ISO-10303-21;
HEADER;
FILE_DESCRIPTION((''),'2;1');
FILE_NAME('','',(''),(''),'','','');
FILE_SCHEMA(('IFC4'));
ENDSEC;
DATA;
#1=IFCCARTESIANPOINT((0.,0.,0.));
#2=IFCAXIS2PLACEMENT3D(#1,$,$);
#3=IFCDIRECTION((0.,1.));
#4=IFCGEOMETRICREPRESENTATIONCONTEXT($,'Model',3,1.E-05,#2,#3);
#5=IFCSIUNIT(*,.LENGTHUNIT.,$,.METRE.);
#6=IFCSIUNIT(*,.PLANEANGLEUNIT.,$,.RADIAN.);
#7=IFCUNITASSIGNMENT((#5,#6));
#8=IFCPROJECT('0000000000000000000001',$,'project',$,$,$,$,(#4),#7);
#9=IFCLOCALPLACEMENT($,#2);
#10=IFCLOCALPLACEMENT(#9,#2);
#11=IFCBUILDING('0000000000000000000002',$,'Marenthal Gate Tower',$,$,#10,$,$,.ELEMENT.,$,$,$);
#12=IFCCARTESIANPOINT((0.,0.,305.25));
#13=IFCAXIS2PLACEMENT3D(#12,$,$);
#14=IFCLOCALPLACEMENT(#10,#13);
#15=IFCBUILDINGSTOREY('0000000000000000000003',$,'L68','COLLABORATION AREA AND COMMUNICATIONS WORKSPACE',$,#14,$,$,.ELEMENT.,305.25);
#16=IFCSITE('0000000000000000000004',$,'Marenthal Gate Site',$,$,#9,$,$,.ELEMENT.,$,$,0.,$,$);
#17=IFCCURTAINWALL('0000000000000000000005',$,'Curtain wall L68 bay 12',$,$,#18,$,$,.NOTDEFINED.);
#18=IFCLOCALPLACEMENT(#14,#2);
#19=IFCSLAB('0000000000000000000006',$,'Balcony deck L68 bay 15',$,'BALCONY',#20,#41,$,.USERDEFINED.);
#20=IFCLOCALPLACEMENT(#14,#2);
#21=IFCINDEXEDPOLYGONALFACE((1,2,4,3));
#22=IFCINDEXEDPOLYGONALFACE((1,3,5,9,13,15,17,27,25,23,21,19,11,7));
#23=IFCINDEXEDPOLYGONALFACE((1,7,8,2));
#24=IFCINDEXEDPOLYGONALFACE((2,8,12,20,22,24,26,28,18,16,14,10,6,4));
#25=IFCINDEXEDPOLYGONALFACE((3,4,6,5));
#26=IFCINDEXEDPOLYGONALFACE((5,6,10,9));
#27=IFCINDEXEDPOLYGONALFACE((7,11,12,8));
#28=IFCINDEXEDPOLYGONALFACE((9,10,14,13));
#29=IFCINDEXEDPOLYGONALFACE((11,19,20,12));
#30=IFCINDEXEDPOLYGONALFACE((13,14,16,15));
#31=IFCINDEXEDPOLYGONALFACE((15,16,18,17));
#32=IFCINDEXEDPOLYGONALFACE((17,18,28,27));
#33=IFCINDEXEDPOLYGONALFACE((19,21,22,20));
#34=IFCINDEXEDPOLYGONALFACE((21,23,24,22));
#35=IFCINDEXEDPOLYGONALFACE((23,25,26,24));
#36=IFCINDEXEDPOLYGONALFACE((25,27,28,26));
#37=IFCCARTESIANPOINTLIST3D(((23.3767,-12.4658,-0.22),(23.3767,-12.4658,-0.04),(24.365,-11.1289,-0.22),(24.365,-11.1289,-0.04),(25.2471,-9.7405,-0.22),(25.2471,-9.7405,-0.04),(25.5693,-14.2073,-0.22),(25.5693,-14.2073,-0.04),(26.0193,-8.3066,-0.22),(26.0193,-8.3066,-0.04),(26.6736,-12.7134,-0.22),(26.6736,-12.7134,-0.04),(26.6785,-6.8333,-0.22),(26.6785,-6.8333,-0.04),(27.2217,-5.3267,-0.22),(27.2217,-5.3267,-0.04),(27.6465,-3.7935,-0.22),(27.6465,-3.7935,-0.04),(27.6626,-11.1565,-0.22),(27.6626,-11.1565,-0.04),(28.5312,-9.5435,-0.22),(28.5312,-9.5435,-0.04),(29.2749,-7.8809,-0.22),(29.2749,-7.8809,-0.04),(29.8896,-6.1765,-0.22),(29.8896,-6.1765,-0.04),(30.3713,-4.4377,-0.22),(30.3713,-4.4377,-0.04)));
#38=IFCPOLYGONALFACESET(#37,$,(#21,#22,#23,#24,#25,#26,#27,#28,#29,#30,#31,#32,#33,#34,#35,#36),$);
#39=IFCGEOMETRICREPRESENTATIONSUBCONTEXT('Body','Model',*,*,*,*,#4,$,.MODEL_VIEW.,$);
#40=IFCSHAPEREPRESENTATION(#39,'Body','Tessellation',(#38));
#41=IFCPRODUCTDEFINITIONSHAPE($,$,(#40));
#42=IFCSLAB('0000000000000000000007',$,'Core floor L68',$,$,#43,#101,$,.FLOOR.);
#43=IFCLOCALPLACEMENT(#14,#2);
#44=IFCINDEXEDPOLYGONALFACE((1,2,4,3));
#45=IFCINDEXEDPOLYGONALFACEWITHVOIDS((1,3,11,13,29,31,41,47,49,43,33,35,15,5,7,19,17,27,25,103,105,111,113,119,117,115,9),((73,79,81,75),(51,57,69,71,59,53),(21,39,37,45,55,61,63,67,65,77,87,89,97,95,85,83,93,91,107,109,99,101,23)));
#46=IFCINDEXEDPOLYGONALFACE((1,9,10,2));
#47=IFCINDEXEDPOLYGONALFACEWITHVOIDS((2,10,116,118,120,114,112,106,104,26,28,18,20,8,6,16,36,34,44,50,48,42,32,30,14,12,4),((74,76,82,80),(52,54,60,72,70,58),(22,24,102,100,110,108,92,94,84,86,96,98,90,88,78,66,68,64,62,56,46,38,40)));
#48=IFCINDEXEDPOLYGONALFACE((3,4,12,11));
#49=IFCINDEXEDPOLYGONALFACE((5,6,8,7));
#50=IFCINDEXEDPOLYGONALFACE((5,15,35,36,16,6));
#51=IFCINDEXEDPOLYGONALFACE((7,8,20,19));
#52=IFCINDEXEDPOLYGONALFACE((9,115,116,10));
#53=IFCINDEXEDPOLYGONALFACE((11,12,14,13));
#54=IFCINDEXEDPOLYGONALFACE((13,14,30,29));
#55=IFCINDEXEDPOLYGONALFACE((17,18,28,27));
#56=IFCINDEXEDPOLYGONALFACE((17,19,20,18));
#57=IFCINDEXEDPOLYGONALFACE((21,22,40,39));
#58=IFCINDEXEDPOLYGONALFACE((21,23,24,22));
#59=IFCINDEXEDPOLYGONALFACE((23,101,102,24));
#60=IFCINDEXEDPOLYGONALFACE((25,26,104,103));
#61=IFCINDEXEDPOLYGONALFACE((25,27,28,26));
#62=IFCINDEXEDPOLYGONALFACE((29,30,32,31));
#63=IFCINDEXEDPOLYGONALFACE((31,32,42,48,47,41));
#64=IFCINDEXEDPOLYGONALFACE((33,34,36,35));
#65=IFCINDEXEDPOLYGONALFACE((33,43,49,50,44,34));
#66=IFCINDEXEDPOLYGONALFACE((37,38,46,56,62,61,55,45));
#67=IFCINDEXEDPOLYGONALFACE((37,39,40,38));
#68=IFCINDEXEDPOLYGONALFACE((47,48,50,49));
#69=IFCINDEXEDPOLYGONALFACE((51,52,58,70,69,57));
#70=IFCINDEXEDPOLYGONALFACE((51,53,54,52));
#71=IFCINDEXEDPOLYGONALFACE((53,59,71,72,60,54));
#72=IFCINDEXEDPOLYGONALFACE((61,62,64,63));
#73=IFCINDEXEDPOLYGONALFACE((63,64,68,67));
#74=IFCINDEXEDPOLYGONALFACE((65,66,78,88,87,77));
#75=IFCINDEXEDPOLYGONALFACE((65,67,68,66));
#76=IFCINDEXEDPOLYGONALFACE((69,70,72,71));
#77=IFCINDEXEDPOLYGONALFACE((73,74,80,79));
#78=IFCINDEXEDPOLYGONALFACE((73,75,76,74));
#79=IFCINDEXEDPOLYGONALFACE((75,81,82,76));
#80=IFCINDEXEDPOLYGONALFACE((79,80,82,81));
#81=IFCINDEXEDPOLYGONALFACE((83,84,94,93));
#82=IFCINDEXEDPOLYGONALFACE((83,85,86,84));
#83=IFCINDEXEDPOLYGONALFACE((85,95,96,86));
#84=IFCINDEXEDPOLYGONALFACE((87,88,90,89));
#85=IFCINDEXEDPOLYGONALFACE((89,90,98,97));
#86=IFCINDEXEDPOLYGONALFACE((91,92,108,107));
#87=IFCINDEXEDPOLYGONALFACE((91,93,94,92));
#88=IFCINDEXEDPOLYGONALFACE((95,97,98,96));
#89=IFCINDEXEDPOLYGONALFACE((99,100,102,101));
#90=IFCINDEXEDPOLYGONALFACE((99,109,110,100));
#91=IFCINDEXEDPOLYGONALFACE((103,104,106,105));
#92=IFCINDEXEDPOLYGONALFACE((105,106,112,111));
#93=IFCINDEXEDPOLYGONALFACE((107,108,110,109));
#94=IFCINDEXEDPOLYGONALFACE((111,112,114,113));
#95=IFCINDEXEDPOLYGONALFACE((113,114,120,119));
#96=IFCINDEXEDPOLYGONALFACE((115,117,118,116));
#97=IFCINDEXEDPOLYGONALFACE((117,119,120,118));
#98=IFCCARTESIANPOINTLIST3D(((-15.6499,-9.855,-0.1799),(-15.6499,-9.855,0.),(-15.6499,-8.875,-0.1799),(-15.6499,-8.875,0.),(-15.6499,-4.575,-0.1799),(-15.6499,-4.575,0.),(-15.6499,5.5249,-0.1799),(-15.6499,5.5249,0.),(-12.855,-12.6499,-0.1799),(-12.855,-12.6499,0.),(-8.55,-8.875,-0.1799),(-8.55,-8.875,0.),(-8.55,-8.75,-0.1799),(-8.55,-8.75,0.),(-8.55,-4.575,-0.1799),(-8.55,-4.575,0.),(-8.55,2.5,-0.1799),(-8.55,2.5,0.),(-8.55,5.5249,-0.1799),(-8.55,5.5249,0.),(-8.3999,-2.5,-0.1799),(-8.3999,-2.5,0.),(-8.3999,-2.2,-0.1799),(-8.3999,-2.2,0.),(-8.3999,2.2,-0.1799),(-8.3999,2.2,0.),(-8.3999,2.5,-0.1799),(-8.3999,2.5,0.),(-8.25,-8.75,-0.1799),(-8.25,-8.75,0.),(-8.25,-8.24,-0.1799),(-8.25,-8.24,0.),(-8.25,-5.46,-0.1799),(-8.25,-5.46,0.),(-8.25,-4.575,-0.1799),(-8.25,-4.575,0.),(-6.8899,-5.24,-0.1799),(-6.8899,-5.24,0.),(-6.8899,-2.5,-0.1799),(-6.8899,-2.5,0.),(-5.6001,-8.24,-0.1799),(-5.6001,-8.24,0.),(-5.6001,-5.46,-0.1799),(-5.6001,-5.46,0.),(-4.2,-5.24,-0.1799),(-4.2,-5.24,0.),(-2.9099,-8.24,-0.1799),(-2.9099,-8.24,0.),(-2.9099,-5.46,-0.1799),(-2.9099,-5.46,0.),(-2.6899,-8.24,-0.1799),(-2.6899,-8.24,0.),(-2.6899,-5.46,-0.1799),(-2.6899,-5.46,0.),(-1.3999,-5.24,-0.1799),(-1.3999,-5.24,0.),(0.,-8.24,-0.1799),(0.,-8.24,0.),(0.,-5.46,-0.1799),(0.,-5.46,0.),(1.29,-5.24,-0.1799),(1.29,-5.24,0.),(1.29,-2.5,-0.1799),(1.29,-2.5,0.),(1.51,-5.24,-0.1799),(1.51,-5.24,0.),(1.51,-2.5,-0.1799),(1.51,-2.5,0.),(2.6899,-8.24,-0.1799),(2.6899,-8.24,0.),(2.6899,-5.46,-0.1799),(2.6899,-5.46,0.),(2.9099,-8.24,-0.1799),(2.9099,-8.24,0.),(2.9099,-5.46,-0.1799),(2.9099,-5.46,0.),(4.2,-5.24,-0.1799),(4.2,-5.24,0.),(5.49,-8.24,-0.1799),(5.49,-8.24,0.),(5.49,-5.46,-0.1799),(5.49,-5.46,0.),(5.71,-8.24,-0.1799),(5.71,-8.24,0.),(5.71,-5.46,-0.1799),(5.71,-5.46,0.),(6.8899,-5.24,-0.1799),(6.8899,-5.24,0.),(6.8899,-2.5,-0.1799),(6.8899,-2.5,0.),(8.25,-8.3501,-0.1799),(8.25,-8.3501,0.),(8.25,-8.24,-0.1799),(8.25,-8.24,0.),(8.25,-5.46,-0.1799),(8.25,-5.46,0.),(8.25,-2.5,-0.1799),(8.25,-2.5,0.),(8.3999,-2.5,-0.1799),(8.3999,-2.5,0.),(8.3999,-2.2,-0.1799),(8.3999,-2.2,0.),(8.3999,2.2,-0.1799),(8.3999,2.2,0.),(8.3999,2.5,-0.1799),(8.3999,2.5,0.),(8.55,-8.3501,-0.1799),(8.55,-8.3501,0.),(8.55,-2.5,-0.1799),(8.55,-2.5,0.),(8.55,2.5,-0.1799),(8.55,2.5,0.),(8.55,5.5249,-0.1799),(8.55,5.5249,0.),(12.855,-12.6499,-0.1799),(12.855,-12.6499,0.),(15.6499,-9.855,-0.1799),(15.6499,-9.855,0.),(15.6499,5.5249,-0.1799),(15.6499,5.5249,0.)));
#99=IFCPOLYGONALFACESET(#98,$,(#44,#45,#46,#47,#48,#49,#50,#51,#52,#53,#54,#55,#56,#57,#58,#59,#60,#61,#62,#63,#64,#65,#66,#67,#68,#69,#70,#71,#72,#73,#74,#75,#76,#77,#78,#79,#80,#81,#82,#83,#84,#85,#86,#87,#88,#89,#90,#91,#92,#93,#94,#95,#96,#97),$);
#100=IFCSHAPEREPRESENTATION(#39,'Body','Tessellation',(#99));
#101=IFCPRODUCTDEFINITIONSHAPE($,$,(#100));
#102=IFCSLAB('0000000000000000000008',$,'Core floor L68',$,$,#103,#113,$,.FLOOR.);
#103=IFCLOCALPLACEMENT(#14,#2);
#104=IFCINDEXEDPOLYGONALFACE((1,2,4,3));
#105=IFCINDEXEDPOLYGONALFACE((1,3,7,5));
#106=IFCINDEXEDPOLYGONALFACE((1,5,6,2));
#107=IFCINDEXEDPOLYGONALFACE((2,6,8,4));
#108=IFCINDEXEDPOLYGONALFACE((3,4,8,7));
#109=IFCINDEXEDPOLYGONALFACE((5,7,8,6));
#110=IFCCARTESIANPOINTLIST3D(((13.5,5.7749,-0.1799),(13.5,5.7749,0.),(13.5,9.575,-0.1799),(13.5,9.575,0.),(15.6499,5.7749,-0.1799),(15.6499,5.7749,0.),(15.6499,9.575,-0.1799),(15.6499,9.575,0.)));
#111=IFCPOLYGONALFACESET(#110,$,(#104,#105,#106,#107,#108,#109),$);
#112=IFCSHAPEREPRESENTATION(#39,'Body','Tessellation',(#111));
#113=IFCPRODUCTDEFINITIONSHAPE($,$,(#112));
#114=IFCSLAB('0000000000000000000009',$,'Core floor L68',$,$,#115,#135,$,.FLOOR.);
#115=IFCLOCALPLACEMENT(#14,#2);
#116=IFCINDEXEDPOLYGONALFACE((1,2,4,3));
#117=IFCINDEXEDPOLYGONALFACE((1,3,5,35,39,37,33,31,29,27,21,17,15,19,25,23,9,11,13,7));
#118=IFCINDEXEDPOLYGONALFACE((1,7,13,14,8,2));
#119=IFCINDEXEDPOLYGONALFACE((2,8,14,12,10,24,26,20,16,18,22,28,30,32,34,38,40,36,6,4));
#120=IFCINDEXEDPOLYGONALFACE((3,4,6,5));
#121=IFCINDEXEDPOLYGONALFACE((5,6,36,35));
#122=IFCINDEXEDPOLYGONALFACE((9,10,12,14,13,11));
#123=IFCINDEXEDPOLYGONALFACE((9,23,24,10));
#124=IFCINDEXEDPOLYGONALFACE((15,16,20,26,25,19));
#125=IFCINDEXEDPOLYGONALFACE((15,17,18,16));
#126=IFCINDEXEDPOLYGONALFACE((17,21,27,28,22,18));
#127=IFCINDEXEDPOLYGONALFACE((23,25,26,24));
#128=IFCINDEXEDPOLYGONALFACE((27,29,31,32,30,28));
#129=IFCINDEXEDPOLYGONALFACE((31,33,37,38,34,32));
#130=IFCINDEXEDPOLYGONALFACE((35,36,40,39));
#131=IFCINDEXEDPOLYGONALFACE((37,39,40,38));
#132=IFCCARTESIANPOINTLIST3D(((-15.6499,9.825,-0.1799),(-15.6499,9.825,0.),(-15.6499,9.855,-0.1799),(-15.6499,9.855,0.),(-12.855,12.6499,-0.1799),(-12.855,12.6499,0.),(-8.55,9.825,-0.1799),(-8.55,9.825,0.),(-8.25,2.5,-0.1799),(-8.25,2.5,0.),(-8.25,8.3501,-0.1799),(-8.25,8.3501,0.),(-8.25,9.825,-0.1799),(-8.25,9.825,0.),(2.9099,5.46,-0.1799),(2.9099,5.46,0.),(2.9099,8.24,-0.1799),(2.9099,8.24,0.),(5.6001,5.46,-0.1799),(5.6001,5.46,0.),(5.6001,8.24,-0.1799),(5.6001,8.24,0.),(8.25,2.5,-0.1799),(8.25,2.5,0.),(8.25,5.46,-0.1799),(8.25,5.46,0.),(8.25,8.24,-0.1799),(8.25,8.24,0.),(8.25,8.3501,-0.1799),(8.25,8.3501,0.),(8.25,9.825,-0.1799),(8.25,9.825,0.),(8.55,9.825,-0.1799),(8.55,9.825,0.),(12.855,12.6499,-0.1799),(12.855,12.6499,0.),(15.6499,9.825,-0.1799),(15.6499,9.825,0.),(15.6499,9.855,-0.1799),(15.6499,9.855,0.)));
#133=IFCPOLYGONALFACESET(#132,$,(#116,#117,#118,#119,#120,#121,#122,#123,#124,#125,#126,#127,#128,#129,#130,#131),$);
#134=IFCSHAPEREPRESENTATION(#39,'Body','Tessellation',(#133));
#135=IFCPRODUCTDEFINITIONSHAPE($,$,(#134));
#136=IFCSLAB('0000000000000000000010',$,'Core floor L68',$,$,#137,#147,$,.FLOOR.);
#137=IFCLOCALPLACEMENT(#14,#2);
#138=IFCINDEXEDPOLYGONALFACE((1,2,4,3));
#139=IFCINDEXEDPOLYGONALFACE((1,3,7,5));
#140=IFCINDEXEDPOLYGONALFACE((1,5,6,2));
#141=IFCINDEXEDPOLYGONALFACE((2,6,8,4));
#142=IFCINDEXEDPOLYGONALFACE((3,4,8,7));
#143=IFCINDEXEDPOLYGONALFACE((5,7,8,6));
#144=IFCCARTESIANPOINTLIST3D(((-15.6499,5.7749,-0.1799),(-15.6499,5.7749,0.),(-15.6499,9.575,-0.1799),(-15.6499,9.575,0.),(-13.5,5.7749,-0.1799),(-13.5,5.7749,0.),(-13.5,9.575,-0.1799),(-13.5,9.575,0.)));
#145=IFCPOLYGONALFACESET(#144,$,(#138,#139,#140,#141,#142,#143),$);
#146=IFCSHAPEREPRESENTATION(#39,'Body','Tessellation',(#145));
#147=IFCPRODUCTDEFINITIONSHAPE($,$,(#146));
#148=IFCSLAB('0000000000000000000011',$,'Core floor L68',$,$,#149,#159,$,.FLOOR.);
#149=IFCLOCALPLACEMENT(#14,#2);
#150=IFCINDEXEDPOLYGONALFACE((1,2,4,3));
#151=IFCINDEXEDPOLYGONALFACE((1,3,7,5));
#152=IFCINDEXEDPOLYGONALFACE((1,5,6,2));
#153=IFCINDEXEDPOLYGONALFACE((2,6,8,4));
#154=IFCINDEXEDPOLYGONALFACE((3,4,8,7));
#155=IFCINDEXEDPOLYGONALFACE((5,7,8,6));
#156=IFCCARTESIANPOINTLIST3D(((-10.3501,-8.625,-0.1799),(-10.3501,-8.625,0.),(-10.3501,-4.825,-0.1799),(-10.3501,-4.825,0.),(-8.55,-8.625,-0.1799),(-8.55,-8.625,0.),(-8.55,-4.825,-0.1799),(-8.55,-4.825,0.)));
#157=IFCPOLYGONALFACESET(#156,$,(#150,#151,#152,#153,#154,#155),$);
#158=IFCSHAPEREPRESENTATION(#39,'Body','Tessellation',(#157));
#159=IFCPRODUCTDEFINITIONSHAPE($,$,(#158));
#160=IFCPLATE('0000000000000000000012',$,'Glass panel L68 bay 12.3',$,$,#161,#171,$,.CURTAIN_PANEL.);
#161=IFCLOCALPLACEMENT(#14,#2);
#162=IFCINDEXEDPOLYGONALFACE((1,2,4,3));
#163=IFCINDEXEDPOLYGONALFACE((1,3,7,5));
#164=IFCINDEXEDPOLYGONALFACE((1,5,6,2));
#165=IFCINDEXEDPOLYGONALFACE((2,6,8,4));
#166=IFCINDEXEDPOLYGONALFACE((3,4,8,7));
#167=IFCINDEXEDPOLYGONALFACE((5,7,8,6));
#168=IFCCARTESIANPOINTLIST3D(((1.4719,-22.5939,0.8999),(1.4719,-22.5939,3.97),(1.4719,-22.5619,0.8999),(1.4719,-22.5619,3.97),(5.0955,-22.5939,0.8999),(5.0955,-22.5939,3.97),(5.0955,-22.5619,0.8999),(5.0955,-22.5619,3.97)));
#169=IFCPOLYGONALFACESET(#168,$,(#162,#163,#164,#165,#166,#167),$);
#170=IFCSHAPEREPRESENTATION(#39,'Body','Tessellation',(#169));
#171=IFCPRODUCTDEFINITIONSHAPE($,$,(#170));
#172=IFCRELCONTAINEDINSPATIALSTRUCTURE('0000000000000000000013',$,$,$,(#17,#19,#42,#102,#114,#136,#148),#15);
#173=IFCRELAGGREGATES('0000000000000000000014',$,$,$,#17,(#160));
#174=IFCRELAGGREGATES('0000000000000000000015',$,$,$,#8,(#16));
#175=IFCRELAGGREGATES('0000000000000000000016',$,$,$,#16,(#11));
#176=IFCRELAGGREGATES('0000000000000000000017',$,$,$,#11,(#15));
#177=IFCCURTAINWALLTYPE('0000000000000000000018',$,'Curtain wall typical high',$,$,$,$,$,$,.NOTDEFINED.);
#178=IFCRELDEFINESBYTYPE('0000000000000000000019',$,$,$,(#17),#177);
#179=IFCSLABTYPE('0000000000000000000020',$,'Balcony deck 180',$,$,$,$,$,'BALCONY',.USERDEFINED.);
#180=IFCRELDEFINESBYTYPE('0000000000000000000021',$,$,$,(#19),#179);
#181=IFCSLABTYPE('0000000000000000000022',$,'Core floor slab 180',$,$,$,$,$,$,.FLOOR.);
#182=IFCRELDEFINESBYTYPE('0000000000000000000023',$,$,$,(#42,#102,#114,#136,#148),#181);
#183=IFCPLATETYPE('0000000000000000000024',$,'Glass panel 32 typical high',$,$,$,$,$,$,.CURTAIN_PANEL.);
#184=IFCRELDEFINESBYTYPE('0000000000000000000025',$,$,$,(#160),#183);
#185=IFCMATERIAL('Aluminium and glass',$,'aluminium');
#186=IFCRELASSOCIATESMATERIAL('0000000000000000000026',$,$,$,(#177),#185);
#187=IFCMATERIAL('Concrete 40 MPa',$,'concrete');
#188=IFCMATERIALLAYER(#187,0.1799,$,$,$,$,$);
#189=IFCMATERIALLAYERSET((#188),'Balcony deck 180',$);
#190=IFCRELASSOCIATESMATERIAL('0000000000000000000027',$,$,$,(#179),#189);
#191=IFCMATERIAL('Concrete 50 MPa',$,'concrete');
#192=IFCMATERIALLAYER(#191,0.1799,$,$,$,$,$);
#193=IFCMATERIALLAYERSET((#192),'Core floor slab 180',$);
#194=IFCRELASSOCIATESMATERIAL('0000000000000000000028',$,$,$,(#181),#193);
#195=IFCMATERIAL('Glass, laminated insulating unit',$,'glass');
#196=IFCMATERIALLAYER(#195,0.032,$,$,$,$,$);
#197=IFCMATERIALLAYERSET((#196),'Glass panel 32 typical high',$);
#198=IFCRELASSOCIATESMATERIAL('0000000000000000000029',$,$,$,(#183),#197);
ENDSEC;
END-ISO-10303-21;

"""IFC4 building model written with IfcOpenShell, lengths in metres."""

from ifc_helpers import new_model, si_unit, direction, frame, origin, origin_2d, place, context, subcontext, project, spatial, polyline, rectangle, outline, extrude, material, layer, layer_set, type_object, element, aggregate, save


model = new_model("IFC4")

# Units and contexts
model_context = context("Model", 3, precision=1e-05, world=origin(), true_north=direction((0.0, 1.0)))
body_context = subcontext(model_context, "Body", "Model", "MODEL_VIEW")
ifc_project = project(units=[si_unit("LENGTHUNIT", "METRE"), si_unit("PLANEANGLEUNIT", "RADIAN")], contexts=[model_context])

# Site, building, storey
site_placement = place(None, origin())
site = spatial("IfcSite", under=ifc_project, at=site_placement, Name="Marenthal Gate Site", CompositionType="ELEMENT", RefElevation=0.0)
building_placement = place(site_placement, origin())
building = spatial("IfcBuilding", under=site, at=building_placement, Name="Marenthal Gate Tower", CompositionType="ELEMENT")
storey_placement = place(building_placement, frame((0.0, 0.0, 305.25)))
storey = spatial("IfcBuildingStorey", under=building, at=storey_placement, Name="L68", Description="COLLABORATION AREA AND COMMUNICATIONS WORKSPACE", CompositionType="ELEMENT", Elevation=305.25)

# Curtain wall
ifc_material_1 = material(Name="Aluminium and glass", Category="aluminium")
curtain_wall_type = type_object("IfcCurtainWallType", Name="Curtain wall typical high", PredefinedType="NOTDEFINED", material=ifc_material_1)
curtain_wall_placement = place(storey_placement, origin())
curtain_wall = element("IfcCurtainWall", 1, at=curtain_wall_placement, inside=storey, type_object=curtain_wall_type, Name="Curtain wall L68 bay 12", PredefinedType="NOTDEFINED")

# Slabs
ifc_material_2 = material(Name="Concrete 40 MPa", Category="concrete")
ifc_layer_1 = layer(ifc_material_2, 0.1799)
ifc_layer_set_1 = layer_set([ifc_layer_1], Name="Balcony deck 180")
slab_type_1 = type_object("IfcSlabType", Name="Balcony deck 180", ElementType="BALCONY", PredefinedType="USERDEFINED", material=ifc_layer_set_1)
slab_1_placement = place(storey_placement, frame((0.0, 0.0, -0.22)))
element("IfcSlab", 2, at=slab_1_placement, inside=storey, type_object=slab_type_1, Name="Balcony deck L68 bay 15", ObjectType="BALCONY", PredefinedType="USERDEFINED", context=body_context, shape_type="SweptSolid", body=[
    extrude(outline(polyline([(23.3767, -12.4658), (24.365, -11.1289), (25.2471, -9.7405), (26.0193, -8.3066), (26.6785, -6.8333), (27.2217, -5.3267), (27.6465, -3.7935), (30.3713, -4.4377), (29.8896, -6.1765), (29.2749, -7.8809), (28.5312, -9.5435), (27.6626, -11.1565), (26.6736, -12.7134), (25.5693, -14.2073), (23.3767, -12.4658)])), origin(), (0.0, 0.0, 1.0), 0.1799),
])
ifc_material_3 = material(Name="Concrete 50 MPa", Category="concrete")
ifc_layer_2 = layer(ifc_material_3, 0.1799)
ifc_layer_set_2 = layer_set([ifc_layer_2], Name="Core floor slab 180")
slab_type_2 = type_object("IfcSlabType", Name="Core floor slab 180", PredefinedType="FLOOR", material=ifc_layer_set_2)
slab_2_placement = place(storey_placement, frame((0.0, 0.0, -0.1799)))
element("IfcSlab", 3, at=slab_2_placement, inside=storey, type_object=slab_type_2, Name="Core floor L68", PredefinedType="FLOOR", context=body_context, shape_type="SweptSolid", body=[
    extrude(outline(polyline([(12.855, -12.6499), (-12.855, -12.6499), (-15.6499, -9.855), (-15.6499, -8.875), (-8.55, -8.875), (-8.55, -8.75), (-8.25, -8.75), (-8.25, -8.24), (-5.6001, -8.24), (-2.9099, -8.24), (-2.9099, -5.46), (-5.6001, -5.46), (-8.25, -5.46), (-8.25, -4.575), (-8.55, -4.575), (-15.6499, -4.575), (-15.6499, 5.5249), (-8.55, 5.5249), (-8.55, 2.5), (-8.3999, 2.5), (-8.3999, 2.2), (8.3999, 2.2), (8.3999, 2.5), (8.55, 2.5), (8.55, 5.5249), (15.6499, 5.5249), (15.6499, -9.855), (12.855, -12.6499)]), holes=[polyline([(0.0, -8.24), (2.6899, -8.24), (2.6899, -5.46), (0.0, -5.46), (-2.6899, -5.46), (-2.6899, -8.24), (0.0, -8.24)]), polyline([(1.29, -5.24), (1.29, -2.5), (1.51, -2.5), (1.51, -5.24), (4.2, -5.24), (6.8899, -5.24), (6.8899, -2.5), (8.25, -2.5), (8.25, -5.46), (5.71, -5.46), (5.71, -8.24), (8.25, -8.24), (8.25, -8.3501), (8.55, -8.3501), (8.55, -2.5), (8.3999, -2.5), (8.3999, -2.2), (-8.3999, -2.2), (-8.3999, -2.5), (-6.8899, -2.5), (-6.8899, -5.24), (-4.2, -5.24), (-1.3999, -5.24), (1.29, -5.24)]), polyline([(5.49, -5.46), (2.9099, -5.46), (2.9099, -8.24), (5.49, -8.24), (5.49, -5.46)])]), origin(), (0.0, 0.0, 1.0), 0.1799),
])
slab_3_placement = place(storey_placement, frame((0.0, 0.0, -0.1799)))
element("IfcSlab", 4, at=slab_3_placement, inside=storey, type_object=slab_type_2, Name="Core floor L68", PredefinedType="FLOOR", context=body_context, shape_type="SweptSolid", body=[
    extrude(outline(polyline([(15.6499, 5.7749), (13.5, 5.7749), (13.5, 9.575), (15.6499, 9.575), (15.6499, 5.7749)])), origin(), (0.0, 0.0, 1.0), 0.1799),
])
slab_4_placement = place(storey_placement, frame((0.0, 0.0, -0.1799)))
element("IfcSlab", 5, at=slab_4_placement, inside=storey, type_object=slab_type_2, Name="Core floor L68", PredefinedType="FLOOR", context=body_context, shape_type="SweptSolid", body=[
    extrude(outline(polyline([(15.6499, 9.825), (8.55, 9.825), (8.25, 9.825), (8.25, 8.3501), (8.25, 8.24), (5.6001, 8.24), (2.9099, 8.24), (2.9099, 5.46), (5.6001, 5.46), (8.25, 5.46), (8.25, 2.5), (-8.25, 2.5), (-8.25, 8.3501), (-8.25, 9.825), (-8.55, 9.825), (-15.6499, 9.825), (-15.6499, 9.855), (-12.855, 12.6499), (12.855, 12.6499), (15.6499, 9.855), (15.6499, 9.825)])), origin(), (0.0, 0.0, 1.0), 0.1799),
])
slab_5_placement = place(storey_placement, frame((0.0, 0.0, -0.1799)))
element("IfcSlab", 6, at=slab_5_placement, inside=storey, type_object=slab_type_2, Name="Core floor L68", PredefinedType="FLOOR", context=body_context, shape_type="SweptSolid", body=[
    extrude(outline(polyline([(-15.6499, 9.575), (-13.5, 9.575), (-13.5, 5.7749), (-15.6499, 5.7749), (-15.6499, 9.575)])), origin(), (0.0, 0.0, 1.0), 0.1799),
])
slab_6_placement = place(storey_placement, frame((0.0, 0.0, -0.1799)))
element("IfcSlab", 7, at=slab_6_placement, inside=storey, type_object=slab_type_2, Name="Core floor L68", PredefinedType="FLOOR", context=body_context, shape_type="SweptSolid", body=[
    extrude(outline(polyline([(-8.55, -4.825), (-8.55, -8.625), (-10.3501, -8.625), (-10.3501, -4.825), (-8.55, -4.825)])), origin(), (0.0, 0.0, 1.0), 0.1799),
])

# Plate
ifc_material_4 = material(Name="Glass, laminated insulating unit", Category="glass")
ifc_layer_3 = layer(ifc_material_4, 0.032)
ifc_layer_set_3 = layer_set([ifc_layer_3], Name="Glass panel 32 typical high")
plate_type = type_object("IfcPlateType", Name="Glass panel 32 typical high", PredefinedType="CURTAIN_PANEL", material=ifc_layer_set_3)
plate_placement = place(storey_placement, frame((3.2837, -22.5779, 0.8999), z_axis=(0.0, 0.0, 1.0), x_axis=(1.0, 0.0, 0.0)))
plate = element("IfcPlate", 8, at=plate_placement, type_object=plate_type, Name="Glass panel L68 bay 12.3", PredefinedType="CURTAIN_PANEL", context=body_context, shape_type="SweptSolid", body=[
    extrude(rectangle(XDim=3.6235, YDim=0.032, at=origin_2d()), origin(), (0.0, 0.0, 1.0), 3.0701),
])
aggregate(curtain_wall, [plate])

save(model, "model.ifc")
